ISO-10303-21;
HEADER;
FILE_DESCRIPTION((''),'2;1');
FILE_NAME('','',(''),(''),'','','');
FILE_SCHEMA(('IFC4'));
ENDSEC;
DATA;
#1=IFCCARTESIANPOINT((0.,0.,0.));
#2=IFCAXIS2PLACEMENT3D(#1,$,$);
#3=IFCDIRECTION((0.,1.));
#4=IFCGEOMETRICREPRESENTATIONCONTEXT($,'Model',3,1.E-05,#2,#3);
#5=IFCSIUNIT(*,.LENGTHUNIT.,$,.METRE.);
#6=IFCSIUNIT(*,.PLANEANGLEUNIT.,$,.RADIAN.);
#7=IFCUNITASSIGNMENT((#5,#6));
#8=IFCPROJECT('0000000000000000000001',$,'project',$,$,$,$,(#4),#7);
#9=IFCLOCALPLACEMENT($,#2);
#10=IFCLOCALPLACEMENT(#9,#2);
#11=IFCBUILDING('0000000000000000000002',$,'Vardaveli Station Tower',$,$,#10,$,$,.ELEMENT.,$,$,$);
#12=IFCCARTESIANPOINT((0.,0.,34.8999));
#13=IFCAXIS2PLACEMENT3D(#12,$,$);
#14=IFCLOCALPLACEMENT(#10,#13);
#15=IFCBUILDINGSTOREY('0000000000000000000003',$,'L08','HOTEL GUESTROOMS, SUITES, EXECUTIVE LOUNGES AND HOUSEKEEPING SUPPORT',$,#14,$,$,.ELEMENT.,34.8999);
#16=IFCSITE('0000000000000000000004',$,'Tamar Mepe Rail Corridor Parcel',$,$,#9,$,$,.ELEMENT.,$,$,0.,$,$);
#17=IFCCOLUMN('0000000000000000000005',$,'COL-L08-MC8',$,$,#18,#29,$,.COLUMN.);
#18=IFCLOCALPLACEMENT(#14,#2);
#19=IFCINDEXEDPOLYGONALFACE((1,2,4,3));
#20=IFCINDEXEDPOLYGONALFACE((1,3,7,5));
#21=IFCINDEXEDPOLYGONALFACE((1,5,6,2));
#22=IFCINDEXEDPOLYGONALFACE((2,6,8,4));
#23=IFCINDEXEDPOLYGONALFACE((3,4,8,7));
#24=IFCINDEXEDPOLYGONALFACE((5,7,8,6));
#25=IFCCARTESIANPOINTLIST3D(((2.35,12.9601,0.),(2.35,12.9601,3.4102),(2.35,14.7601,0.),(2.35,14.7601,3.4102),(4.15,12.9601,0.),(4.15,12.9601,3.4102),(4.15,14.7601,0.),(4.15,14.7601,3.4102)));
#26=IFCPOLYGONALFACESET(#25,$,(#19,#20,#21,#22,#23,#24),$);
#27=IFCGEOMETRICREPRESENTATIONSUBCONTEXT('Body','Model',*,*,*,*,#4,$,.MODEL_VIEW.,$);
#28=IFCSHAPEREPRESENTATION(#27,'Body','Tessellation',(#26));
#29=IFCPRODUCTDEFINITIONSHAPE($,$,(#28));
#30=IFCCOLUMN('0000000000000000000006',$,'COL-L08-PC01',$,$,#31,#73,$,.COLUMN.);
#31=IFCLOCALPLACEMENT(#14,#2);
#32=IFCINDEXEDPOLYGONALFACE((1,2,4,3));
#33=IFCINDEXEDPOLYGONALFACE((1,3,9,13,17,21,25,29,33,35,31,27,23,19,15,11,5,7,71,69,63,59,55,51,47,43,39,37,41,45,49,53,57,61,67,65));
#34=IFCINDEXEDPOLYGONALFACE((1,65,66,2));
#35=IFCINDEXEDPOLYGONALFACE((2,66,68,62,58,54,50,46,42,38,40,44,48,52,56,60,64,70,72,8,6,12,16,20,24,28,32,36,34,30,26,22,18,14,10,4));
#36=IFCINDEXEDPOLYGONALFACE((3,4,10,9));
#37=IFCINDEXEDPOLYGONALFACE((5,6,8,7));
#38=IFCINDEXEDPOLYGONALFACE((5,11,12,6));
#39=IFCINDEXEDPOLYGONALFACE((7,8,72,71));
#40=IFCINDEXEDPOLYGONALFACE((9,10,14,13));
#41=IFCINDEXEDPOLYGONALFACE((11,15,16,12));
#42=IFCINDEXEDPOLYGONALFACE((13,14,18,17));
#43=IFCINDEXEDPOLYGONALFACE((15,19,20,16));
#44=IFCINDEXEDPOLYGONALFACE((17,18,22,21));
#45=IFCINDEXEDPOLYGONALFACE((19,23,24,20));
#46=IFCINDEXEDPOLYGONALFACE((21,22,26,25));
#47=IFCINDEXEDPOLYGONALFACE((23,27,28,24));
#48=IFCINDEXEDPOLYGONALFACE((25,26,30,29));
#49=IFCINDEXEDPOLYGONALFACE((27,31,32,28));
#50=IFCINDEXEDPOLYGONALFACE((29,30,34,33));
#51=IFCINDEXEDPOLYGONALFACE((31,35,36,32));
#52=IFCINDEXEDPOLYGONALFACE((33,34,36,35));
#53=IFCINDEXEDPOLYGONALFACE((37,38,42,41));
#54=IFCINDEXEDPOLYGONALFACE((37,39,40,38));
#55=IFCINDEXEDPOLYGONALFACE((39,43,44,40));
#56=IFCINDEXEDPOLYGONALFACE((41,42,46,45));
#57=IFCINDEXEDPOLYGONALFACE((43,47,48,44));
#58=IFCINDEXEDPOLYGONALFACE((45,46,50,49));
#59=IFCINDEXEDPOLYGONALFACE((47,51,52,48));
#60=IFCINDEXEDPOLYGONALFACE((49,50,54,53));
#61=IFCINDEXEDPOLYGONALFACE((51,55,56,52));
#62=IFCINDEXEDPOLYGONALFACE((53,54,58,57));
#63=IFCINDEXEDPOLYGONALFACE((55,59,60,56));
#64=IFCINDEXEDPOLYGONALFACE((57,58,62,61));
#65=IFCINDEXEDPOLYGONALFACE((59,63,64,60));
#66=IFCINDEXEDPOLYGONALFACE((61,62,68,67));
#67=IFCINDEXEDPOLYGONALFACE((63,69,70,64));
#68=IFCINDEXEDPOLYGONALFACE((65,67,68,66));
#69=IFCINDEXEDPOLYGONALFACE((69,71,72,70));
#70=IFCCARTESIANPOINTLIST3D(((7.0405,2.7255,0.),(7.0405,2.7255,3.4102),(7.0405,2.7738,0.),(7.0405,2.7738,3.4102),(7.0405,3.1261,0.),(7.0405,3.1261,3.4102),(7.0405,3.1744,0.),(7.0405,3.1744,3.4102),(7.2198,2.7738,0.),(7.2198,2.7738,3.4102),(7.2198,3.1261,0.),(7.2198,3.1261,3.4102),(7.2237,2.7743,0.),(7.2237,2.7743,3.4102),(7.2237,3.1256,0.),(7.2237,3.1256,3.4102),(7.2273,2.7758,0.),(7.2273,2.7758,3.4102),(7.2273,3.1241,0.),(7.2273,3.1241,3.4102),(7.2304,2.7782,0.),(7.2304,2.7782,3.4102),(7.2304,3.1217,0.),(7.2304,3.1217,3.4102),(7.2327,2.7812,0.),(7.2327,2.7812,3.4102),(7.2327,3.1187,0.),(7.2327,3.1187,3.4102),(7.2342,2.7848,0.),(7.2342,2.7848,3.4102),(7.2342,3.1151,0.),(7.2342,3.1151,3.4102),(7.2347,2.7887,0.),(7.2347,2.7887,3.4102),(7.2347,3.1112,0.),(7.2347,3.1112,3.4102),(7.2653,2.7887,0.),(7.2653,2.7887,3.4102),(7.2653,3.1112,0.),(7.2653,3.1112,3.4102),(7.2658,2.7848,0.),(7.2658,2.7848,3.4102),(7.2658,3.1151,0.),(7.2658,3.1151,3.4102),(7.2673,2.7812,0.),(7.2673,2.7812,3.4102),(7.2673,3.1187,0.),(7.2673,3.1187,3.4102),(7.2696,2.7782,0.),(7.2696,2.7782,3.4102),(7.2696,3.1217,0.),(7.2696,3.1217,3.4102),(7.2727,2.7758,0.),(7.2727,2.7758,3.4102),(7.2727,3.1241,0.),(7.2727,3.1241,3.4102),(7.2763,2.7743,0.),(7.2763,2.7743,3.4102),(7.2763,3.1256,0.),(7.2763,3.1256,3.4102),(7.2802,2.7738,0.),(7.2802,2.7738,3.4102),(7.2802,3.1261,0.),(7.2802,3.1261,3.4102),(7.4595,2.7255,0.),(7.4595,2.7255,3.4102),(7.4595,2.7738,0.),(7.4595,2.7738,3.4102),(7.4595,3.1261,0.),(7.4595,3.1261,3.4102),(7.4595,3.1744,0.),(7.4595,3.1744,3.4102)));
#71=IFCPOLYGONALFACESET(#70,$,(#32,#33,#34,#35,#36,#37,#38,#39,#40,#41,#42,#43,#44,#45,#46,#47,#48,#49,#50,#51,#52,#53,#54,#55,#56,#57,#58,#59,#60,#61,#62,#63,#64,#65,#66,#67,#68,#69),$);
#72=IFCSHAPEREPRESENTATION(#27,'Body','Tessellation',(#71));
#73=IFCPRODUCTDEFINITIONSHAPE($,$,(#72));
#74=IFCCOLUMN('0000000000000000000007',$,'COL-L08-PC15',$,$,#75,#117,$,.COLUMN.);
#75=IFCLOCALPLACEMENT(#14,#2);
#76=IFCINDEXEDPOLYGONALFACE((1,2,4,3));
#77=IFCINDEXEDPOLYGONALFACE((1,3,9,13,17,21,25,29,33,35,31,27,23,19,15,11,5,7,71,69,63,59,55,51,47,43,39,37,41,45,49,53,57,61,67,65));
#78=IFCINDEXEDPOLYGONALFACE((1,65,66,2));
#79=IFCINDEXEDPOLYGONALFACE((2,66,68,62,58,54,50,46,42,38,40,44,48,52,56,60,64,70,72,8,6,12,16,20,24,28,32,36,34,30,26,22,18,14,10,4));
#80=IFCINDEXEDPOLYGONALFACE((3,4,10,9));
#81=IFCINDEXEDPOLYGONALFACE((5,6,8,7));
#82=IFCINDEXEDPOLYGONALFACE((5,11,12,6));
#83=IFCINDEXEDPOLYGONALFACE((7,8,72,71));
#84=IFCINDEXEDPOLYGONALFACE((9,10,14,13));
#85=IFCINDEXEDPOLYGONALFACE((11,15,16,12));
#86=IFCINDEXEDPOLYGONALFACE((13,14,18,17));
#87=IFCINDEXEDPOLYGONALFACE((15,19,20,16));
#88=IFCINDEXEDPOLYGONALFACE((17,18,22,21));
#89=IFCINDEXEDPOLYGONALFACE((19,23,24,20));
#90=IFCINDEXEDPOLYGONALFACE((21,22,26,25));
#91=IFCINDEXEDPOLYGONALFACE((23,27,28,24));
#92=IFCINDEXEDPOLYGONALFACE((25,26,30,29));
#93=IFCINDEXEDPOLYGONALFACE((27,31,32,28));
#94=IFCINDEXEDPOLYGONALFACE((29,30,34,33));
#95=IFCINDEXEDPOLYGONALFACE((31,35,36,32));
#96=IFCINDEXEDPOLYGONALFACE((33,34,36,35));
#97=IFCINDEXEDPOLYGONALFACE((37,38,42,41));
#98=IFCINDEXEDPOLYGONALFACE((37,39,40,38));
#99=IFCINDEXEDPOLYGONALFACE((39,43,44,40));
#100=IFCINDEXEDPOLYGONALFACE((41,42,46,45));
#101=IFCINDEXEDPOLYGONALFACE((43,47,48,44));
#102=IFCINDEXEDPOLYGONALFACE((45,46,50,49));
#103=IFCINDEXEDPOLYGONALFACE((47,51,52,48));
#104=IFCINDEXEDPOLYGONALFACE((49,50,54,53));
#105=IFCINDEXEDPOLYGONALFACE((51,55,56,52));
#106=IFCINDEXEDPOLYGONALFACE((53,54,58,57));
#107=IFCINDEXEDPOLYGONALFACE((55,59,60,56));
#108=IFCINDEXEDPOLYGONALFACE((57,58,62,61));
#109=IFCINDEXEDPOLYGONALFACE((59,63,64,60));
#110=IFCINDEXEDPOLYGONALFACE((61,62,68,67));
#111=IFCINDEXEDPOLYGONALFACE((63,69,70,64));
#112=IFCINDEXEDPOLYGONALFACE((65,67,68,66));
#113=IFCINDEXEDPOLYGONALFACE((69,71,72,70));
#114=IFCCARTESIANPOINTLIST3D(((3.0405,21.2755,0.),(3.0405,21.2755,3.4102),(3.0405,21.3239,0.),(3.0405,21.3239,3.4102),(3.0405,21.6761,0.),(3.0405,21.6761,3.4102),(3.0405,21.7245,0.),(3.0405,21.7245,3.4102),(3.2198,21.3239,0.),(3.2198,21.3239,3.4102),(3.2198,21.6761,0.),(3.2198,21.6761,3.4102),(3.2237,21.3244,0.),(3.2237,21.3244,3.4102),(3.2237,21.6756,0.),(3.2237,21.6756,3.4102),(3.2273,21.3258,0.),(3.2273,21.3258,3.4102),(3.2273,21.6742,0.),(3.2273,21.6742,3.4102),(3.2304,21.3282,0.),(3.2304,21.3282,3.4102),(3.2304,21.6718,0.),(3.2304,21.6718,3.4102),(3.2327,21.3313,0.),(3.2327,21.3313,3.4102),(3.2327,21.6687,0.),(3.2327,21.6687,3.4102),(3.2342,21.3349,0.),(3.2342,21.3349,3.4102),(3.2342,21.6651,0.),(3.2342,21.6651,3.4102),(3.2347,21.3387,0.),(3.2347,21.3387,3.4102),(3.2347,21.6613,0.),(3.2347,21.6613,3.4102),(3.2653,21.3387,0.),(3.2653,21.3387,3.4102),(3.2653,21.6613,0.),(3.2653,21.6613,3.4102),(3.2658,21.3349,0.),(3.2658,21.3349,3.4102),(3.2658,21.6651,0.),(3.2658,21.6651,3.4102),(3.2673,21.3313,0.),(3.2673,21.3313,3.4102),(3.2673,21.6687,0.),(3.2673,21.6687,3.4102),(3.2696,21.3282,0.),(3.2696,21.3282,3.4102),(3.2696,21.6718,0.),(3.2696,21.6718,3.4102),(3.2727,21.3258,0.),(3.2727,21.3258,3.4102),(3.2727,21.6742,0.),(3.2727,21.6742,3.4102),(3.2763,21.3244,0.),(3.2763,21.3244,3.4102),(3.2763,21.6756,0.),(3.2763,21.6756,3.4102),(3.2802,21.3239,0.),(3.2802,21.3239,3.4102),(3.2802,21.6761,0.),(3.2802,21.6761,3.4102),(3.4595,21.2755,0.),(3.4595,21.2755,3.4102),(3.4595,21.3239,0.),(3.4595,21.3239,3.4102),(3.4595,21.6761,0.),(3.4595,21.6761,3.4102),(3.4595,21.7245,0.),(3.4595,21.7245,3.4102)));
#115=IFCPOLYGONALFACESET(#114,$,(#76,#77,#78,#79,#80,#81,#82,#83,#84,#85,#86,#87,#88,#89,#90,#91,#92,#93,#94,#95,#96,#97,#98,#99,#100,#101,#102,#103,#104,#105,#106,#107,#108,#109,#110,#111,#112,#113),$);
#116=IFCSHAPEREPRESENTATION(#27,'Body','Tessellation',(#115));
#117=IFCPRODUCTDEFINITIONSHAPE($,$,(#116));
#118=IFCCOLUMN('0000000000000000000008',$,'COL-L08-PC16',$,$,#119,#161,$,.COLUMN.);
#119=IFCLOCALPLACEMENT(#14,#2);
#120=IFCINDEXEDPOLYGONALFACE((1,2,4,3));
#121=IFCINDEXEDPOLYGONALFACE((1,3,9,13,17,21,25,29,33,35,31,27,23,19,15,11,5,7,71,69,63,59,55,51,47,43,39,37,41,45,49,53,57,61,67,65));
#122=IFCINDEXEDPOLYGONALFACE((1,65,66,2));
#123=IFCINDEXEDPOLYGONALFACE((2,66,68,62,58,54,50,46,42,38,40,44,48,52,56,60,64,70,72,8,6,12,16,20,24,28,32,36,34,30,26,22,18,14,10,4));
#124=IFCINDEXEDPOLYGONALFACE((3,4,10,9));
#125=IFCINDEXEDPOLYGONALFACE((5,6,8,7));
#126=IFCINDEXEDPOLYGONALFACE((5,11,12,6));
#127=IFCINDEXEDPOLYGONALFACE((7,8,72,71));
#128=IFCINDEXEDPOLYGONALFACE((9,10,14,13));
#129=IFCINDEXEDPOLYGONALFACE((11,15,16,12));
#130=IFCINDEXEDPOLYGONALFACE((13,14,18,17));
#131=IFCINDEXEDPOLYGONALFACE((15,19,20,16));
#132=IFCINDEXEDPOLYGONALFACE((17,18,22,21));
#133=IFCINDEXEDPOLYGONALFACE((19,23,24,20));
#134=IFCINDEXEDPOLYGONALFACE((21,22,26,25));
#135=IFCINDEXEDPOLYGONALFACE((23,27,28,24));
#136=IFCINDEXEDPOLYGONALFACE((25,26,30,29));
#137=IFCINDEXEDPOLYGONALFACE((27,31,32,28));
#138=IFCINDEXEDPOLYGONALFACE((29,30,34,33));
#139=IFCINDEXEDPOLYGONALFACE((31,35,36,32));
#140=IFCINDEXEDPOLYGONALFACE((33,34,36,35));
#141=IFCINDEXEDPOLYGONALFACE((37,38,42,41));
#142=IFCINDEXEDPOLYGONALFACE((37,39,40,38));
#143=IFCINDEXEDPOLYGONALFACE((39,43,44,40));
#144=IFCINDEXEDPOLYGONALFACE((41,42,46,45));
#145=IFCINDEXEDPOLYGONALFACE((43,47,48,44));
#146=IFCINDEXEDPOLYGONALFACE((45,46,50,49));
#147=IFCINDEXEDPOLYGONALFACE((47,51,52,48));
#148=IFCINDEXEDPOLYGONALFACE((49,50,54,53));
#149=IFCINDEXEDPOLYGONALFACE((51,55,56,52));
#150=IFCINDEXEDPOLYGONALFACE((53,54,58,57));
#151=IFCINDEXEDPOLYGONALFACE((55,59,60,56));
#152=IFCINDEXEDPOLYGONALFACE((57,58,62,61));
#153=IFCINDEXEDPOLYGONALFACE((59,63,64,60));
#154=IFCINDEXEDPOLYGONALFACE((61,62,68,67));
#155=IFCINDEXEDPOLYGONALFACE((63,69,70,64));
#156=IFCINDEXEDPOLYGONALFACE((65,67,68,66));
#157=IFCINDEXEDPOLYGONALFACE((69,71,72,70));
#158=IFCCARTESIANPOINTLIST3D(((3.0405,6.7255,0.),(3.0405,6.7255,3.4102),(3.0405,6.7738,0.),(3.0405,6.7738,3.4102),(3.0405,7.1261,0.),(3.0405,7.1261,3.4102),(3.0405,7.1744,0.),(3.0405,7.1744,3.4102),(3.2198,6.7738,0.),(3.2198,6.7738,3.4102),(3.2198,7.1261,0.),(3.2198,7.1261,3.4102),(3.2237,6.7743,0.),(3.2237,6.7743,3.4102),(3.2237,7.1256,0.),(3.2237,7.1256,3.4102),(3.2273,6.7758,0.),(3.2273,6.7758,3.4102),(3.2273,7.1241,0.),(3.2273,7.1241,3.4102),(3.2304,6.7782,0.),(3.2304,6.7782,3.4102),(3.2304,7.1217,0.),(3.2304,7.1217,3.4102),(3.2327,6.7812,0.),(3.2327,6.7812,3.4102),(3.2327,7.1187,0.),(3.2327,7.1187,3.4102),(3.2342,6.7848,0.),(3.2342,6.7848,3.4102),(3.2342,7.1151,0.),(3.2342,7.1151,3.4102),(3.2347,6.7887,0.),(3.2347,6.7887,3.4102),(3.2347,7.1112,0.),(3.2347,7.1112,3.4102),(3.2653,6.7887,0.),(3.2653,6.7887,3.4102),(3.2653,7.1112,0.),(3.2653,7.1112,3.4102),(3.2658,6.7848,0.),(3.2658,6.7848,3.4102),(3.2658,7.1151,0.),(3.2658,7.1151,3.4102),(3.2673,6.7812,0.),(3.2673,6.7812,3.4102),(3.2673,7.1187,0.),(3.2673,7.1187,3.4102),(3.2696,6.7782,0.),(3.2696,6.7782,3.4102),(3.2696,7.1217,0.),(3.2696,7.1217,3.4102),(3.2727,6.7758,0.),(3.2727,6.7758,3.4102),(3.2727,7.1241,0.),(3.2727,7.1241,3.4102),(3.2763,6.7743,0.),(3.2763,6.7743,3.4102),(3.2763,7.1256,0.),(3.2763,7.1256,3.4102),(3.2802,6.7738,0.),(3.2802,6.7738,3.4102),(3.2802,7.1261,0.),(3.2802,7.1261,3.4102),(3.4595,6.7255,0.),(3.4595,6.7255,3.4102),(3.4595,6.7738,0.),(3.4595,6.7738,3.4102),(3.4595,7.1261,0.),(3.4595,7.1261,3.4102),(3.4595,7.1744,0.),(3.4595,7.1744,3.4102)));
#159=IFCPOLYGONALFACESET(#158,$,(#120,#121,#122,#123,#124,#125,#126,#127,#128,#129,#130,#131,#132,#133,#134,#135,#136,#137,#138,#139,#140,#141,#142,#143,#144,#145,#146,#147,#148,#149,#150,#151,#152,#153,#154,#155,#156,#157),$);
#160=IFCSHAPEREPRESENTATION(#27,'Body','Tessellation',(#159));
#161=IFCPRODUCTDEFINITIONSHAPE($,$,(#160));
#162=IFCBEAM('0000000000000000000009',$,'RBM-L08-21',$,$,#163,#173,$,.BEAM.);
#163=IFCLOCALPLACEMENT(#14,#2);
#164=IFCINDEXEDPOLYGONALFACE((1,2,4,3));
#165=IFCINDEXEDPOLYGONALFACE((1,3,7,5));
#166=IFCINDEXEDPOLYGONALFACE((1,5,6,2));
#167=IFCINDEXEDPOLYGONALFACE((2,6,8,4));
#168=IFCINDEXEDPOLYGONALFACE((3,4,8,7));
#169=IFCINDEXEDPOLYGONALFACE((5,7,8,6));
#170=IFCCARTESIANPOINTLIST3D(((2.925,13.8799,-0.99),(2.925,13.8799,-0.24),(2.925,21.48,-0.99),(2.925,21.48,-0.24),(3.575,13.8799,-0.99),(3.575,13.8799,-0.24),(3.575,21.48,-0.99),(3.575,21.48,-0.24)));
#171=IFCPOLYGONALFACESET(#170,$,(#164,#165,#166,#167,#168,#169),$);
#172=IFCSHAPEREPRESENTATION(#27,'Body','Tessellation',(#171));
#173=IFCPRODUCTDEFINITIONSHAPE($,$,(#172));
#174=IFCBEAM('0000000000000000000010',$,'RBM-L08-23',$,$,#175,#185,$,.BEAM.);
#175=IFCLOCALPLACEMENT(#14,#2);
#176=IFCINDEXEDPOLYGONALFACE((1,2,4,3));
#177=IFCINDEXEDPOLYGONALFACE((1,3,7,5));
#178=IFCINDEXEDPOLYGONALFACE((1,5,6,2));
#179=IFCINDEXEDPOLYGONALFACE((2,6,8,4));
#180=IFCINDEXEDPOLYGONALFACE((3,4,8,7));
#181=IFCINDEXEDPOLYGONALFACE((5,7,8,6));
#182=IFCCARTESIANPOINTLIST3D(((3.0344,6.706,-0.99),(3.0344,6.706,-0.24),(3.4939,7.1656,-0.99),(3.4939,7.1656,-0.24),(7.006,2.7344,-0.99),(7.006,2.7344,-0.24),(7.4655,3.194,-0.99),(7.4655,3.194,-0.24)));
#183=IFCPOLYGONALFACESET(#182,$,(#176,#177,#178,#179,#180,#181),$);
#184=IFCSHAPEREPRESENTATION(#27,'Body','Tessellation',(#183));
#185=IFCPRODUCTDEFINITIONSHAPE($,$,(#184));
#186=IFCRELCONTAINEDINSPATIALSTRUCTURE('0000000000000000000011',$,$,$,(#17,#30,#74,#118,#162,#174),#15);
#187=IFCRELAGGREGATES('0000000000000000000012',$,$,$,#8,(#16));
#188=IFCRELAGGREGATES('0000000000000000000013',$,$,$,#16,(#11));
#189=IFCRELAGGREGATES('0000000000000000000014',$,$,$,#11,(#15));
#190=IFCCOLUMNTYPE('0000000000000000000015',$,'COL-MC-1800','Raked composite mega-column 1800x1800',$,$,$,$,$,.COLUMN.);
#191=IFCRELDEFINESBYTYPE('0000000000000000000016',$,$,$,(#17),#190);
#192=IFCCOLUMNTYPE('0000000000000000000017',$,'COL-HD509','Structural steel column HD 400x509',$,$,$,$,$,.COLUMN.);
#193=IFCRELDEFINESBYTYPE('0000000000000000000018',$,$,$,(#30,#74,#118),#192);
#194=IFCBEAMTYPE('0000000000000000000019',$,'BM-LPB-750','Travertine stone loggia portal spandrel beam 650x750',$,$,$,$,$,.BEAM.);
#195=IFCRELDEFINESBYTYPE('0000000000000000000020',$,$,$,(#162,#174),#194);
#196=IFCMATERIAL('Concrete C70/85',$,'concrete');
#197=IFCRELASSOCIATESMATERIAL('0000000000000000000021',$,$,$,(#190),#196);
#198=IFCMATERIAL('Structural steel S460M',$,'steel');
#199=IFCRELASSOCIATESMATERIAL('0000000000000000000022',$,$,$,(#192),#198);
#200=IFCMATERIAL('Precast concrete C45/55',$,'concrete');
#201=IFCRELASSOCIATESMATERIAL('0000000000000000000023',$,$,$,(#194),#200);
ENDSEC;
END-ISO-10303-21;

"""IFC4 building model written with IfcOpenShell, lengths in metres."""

from ifc_helpers import new_model, si_unit, direction, frame, origin, origin_2d, place, context, subcontext, project, spatial, rectangle, i_section, extrude, source, transform, mapped, material, material_profile, profile_set, type_object, element, save


model = new_model("IFC4")

# Units and contexts
model_context = context("Model", 3, precision=1e-05, world=origin(), true_north=direction((0.0, 1.0)))
body_context = subcontext(model_context, "Body", "Model", "MODEL_VIEW")
ifc_project = project(units=[si_unit("LENGTHUNIT", "METRE"), si_unit("PLANEANGLEUNIT", "RADIAN")], contexts=[model_context])

# Site, building, storey
site_placement = place(None, origin())
site = spatial("IfcSite", under=ifc_project, at=site_placement, Name="Tamar Mepe Rail Corridor Parcel", CompositionType="ELEMENT", RefElevation=0.0)
building_placement = place(site_placement, origin())
building = spatial("IfcBuilding", under=site, at=building_placement, Name="Vardaveli Station Tower", CompositionType="ELEMENT")
storey_placement = place(building_placement, frame((0.0, 0.0, 34.8999)))
storey = spatial("IfcBuildingStorey", under=building, at=storey_placement, Name="L08", Description="HOTEL GUESTROOMS, SUITES, EXECUTIVE LOUNGES AND HOUSEKEEPING SUPPORT", CompositionType="ELEMENT", Elevation=34.8999)

# Columns
ifc_material_1 = material(Name="Concrete C70/85", Category="concrete")
ifc_material_profile_1 = material_profile(ifc_material_1, rectangle(XDim=1.8, YDim=1.8, at=origin_2d()), Name="MC 1800x1800")
ifc_profile_set_1 = profile_set([ifc_material_profile_1], Name="Concrete C70/85")
column_type_1 = type_object("IfcColumnType", Name="COL-MC-1800", Description="Raked composite mega-column 1800x1800", PredefinedType="COLUMN", material=ifc_profile_set_1)
shared_shape_1 = source(origin(), body_context, "Body", "SweptSolid", [
    extrude(rectangle(XDim=1.8, YDim=1.8, at=origin_2d()), origin(), (0.0, 0.0, 1.0), 3.4102),
])
column_placement = place(storey_placement, frame((3.25, 13.8601, 0.0), z_axis=(0.0, 0.0, 1.0), x_axis=(1.0, 0.0, 0.0)))
element("IfcColumn", 1, at=column_placement, inside=storey, type_object=column_type_1, Name="COL-L08-MC8", PredefinedType="COLUMN", context=body_context, shape_type="MappedRepresentation", body=[
    mapped(shared_shape_1, transform((0.0, 0.0, 0.0), scale=1.0)),
])
ifc_material_2 = material(Name="Structural steel S460M", Category="steel")
ifc_material_profile_2 = material_profile(ifc_material_2, i_section(OverallWidth=0.4189, OverallDepth=0.449, WebThickness=0.0305, FlangeThickness=0.0483, FilletRadius=0.0149, at=origin_2d()), Name="HD 400x509")
ifc_profile_set_2 = profile_set([ifc_material_profile_2], Name="Structural steel S460M")
column_type_2 = type_object("IfcColumnType", Name="COL-HD509", Description="Structural steel column HD 400x509", PredefinedType="COLUMN", material=ifc_profile_set_2)
shared_shape_2 = source(origin(), body_context, "Body", "SweptSolid", [
    extrude(i_section(OverallWidth=0.4189, OverallDepth=0.449, WebThickness=0.0305, FlangeThickness=0.0483, FilletRadius=0.0149, at=origin_2d()), origin(), (0.0, 0.0, 1.0), 3.4102),
])
for number, where, z_axis, x_axis, name in (
    (2, (7.25, 2.95, 0.0), (0.0, 0.0, 1.0), (1.0, 0.0, 0.0), "COL-L08-PC01"),
    (3, (3.25, 21.5, 0.0), (0.0, 0.0, 1.0), (1.0, 0.0, 0.0), "COL-L08-PC15"),
    (4, (3.25, 6.95, 0.0), (0.0, 0.0, 1.0), (1.0, 0.0, 0.0), "COL-L08-PC16"),
):
    element("IfcColumn", number, at=place(storey_placement, frame(where, z_axis=z_axis, x_axis=x_axis)), inside=storey, type_object=column_type_2, Name=name, PredefinedType="COLUMN", context=body_context, shape_type="MappedRepresentation", body=[
        mapped(shared_shape_2, transform((0.0, 0.0, 0.0), scale=1.0)),
    ])

# Beams
ifc_material_3 = material(Name="Precast concrete C45/55", Category="concrete")
ifc_material_profile_3 = material_profile(ifc_material_3, rectangle(XDim=0.6499, YDim=0.75, at=origin_2d()), Name="LPB 650x750")
ifc_profile_set_3 = profile_set([ifc_material_profile_3], Name="Precast concrete C45/55")
beam_type_1 = type_object("IfcBeamType", Name="BM-LPB-750", Description="Travertine stone loggia portal spandrel beam 650x750", PredefinedType="BEAM", material=ifc_profile_set_3)
shared_shape_3 = source(origin(), body_context, "Body", "SweptSolid", [
    extrude(rectangle(XDim=0.6499, YDim=0.75, at=origin_2d()), origin(), (0.0, 0.0, 1.0), 7.6001),
])
beam_1_placement = place(storey_placement, frame((3.25, 21.48, -0.615), z_axis=(0.0, -1.0, 0.0), x_axis=(1.0, 0.0, 0.0)))
element("IfcBeam", 5, at=beam_1_placement, inside=storey, type_object=beam_type_1, Name="RBM-L08-21", PredefinedType="BEAM", context=body_context, shape_type="MappedRepresentation", body=[
    mapped(shared_shape_3, transform((0.0, 0.0, 0.0), scale=1.0)),
])
shared_shape_4 = source(origin(), body_context, "Body", "SweptSolid", [
    extrude(rectangle(XDim=0.6499, YDim=0.75, at=origin_2d()), origin(), (0.0, 0.0, 1.0), 5.6167),
])
beam_2_placement = place(storey_placement, frame((3.2642, 6.9358, -0.615), z_axis=(0.707107, -0.707107, 0.0), x_axis=(0.707107, 0.707107, 0.0)))
element("IfcBeam", 6, at=beam_2_placement, inside=storey, type_object=beam_type_1, Name="RBM-L08-23", PredefinedType="BEAM", context=body_context, shape_type="MappedRepresentation", body=[
    mapped(shared_shape_4, transform((0.0, 0.0, 0.0), scale=1.0)),
])

save(model, "model.ifc")
